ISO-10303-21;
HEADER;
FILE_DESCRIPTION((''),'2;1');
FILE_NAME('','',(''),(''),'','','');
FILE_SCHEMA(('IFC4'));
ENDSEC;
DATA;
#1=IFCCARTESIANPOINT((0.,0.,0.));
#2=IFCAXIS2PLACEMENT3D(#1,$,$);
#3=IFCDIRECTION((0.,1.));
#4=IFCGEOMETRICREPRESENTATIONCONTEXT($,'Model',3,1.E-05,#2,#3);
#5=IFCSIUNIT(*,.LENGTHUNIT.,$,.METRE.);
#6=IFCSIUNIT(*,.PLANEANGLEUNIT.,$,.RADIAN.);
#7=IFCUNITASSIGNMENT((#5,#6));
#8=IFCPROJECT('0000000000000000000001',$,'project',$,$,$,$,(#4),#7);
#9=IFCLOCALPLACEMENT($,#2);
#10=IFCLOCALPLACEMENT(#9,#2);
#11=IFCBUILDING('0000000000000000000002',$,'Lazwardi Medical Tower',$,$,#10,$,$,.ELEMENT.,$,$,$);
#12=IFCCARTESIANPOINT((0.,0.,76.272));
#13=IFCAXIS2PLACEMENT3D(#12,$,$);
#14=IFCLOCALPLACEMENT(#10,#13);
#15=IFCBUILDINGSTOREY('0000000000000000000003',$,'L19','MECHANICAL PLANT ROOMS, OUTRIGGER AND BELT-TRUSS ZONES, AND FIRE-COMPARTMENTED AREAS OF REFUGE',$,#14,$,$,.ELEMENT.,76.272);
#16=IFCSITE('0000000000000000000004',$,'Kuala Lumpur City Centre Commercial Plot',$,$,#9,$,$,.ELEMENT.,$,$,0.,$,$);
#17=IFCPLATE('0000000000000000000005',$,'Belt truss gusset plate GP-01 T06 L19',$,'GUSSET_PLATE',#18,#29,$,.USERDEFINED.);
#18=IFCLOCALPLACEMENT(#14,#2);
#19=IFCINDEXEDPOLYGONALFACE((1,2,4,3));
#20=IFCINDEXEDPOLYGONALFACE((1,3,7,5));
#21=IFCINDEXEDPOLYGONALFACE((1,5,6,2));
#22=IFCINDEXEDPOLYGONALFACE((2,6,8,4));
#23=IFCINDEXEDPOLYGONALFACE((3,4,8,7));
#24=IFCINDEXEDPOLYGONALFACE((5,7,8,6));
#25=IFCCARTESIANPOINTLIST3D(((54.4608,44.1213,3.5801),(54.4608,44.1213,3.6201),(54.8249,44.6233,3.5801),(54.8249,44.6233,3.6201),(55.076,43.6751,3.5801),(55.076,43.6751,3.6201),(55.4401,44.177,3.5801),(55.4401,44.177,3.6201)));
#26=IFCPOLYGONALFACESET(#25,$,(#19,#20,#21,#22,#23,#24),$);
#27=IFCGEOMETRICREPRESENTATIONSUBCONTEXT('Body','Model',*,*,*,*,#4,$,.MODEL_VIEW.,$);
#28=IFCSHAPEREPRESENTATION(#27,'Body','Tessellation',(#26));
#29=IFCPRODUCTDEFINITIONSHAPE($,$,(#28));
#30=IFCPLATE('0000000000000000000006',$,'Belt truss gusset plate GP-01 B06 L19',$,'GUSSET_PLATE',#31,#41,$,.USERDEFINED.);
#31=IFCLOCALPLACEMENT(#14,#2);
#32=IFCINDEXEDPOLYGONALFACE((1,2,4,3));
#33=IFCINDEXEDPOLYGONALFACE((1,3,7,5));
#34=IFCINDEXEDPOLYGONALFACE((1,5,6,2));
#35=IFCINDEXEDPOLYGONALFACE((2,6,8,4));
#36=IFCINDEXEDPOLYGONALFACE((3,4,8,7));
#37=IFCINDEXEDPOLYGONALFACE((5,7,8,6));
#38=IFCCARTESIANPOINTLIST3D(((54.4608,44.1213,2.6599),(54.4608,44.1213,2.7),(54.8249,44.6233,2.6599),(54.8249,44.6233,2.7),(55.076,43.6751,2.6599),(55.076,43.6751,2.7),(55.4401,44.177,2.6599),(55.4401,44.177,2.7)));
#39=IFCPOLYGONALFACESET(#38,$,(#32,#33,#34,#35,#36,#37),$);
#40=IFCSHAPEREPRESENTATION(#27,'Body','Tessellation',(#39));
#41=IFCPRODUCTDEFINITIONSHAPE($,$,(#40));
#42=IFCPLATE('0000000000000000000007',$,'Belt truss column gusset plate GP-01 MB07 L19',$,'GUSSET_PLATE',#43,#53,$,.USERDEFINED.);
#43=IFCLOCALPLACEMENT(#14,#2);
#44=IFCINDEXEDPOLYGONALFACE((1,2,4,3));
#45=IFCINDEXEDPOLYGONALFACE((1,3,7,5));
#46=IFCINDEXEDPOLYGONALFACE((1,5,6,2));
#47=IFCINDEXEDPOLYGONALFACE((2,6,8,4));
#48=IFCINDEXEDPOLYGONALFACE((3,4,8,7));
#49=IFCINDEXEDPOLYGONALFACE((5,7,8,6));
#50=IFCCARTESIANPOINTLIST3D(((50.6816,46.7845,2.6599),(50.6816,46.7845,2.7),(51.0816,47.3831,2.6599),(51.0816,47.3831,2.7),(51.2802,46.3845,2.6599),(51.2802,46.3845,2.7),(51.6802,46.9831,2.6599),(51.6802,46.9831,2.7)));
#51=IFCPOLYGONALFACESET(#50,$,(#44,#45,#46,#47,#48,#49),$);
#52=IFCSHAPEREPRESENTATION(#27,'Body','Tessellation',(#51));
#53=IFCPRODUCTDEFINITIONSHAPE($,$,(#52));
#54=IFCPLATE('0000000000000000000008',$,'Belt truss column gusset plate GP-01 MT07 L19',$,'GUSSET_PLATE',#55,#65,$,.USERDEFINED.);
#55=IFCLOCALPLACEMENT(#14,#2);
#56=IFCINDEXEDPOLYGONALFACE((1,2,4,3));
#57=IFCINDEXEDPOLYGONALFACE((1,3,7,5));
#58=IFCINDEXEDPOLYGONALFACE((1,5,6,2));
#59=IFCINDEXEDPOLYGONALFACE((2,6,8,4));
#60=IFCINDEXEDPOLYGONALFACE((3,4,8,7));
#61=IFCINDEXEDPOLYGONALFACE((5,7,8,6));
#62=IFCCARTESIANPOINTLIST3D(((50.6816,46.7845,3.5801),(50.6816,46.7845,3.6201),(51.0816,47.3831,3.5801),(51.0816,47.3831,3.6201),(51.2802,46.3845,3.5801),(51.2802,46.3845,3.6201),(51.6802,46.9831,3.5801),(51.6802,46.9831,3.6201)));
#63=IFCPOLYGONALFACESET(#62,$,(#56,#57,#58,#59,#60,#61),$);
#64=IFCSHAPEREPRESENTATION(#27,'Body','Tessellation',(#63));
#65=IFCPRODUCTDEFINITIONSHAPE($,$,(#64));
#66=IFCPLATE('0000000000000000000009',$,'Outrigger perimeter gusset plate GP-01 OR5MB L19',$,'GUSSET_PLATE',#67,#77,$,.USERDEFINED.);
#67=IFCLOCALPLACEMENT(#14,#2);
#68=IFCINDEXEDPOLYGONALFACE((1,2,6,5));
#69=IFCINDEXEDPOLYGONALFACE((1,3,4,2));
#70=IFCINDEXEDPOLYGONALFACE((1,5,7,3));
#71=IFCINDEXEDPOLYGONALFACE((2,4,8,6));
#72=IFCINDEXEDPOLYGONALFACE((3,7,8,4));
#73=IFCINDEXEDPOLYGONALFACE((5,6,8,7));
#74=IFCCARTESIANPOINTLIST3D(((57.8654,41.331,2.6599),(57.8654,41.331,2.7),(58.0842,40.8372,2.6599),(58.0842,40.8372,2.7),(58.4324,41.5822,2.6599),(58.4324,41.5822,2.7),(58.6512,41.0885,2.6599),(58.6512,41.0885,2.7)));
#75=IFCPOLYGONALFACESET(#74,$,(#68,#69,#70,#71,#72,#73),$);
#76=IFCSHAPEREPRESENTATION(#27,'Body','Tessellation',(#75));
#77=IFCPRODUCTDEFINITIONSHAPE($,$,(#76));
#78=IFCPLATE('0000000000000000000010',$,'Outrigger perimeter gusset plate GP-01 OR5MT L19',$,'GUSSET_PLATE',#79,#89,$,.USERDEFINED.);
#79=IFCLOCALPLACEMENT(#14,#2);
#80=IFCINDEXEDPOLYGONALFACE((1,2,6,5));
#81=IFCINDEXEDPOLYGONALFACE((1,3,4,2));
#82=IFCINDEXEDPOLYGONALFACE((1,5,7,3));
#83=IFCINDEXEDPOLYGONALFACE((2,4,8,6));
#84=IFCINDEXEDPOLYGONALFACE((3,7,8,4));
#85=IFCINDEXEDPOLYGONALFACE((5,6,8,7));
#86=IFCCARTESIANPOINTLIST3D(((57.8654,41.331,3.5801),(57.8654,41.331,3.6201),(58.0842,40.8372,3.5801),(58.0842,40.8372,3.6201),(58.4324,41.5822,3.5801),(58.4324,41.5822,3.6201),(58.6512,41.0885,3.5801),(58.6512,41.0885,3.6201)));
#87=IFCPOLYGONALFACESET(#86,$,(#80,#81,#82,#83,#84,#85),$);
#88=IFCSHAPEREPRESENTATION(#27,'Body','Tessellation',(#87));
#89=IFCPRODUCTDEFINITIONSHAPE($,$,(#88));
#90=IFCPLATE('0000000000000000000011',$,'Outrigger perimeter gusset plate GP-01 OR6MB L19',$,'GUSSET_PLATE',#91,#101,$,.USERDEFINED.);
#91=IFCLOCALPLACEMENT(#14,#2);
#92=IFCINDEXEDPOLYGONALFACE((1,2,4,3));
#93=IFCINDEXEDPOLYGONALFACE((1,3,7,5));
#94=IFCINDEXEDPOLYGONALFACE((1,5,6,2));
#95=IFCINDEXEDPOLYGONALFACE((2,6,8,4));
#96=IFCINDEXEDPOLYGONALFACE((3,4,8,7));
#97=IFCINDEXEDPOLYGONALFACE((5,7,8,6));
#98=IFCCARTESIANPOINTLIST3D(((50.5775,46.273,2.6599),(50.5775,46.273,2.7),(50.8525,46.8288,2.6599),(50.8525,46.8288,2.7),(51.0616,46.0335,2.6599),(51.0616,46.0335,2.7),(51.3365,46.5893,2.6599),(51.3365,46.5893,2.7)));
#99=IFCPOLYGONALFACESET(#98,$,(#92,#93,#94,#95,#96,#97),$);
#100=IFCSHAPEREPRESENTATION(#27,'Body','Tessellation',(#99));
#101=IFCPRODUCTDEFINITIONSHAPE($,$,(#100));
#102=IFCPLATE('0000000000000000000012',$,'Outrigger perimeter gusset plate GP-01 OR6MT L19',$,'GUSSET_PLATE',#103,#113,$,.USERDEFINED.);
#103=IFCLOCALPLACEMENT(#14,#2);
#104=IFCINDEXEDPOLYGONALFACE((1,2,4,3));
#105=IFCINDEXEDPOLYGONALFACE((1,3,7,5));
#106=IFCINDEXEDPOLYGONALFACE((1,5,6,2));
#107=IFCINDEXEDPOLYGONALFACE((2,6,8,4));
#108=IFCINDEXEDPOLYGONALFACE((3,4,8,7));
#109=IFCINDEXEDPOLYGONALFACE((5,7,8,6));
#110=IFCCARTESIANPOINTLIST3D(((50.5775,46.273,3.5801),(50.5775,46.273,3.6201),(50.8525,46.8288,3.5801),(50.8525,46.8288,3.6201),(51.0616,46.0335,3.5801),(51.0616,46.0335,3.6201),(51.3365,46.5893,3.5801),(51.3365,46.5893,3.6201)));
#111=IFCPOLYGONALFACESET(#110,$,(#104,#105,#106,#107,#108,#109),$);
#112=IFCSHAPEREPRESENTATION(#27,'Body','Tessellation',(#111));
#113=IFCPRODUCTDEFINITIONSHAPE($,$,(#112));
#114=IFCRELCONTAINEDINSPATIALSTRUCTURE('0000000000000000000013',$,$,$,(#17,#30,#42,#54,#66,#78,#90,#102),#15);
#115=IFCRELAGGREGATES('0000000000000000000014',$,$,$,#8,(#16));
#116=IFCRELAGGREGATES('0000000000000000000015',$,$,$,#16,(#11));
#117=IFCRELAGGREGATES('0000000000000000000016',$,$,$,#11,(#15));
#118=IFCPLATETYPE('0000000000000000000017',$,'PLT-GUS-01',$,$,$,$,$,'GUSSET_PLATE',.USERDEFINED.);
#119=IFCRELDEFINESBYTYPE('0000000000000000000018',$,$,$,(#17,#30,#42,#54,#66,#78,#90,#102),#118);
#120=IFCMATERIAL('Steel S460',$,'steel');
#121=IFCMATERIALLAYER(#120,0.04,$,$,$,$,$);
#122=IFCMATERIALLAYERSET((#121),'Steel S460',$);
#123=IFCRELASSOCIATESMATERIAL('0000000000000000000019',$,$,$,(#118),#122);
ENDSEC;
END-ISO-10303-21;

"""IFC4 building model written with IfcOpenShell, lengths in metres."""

from ifc_helpers import new_model, si_unit, direction, frame, origin, origin_2d, place, context, subcontext, project, spatial, rectangle, extrude, material, layer, layer_set, type_object, element, save


model = new_model("IFC4")

# Units and contexts
model_context = context("Model", 3, precision=1e-05, world=origin(), true_north=direction((0.0, 1.0)))
body_context = subcontext(model_context, "Body", "Model", "MODEL_VIEW")
ifc_project = project(units=[si_unit("LENGTHUNIT", "METRE"), si_unit("PLANEANGLEUNIT", "RADIAN")], contexts=[model_context])

# Site, building, storey
site_placement = place(None, origin())
site = spatial("IfcSite", under=ifc_project, at=site_placement, Name="Kuala Lumpur City Centre Commercial Plot", CompositionType="ELEMENT", RefElevation=0.0)
building_placement = place(site_placement, origin())
building = spatial("IfcBuilding", under=site, at=building_placement, Name="Lazwardi Medical Tower", CompositionType="ELEMENT")
storey_placement = place(building_placement, frame((0.0, 0.0, 76.272)))
storey = spatial("IfcBuildingStorey", under=building, at=storey_placement, Name="L19", Description="MECHANICAL PLANT ROOMS, OUTRIGGER AND BELT-TRUSS ZONES, AND FIRE-COMPARTMENTED AREAS OF REFUGE", CompositionType="ELEMENT", Elevation=76.272)

# Shared definitions
ifc_material_1 = material(Name="Steel S460", Category="steel")

# Plates
ifc_layer = layer(ifc_material_1, 0.04)
ifc_layer_set = layer_set([ifc_layer], Name="Steel S460")
plate_type = type_object("IfcPlateType", Name="PLT-GUS-01", ElementType="GUSSET_PLATE", PredefinedType="USERDEFINED", material=ifc_layer_set)
for number, where, z_axis, x_axis, name in (
    (1, (54.9504, 44.1492, 3.5801), (0.0, 0.0, 1.0), (-0.809427, 0.58722, 0.0), "Belt truss gusset plate GP-01 T06 L19"),
    (2, (54.9504, 44.1492, 2.6599), (0.0, 0.0, 1.0), (-0.809427, 0.58722, 0.0), "Belt truss gusset plate GP-01 B06 L19"),
):
    element("IfcPlate", number, at=place(storey_placement, frame(where, z_axis=z_axis, x_axis=x_axis)), inside=storey, type_object=plate_type, Name=name, ObjectType="GUSSET_PLATE", PredefinedType="USERDEFINED", context=body_context, shape_type="SweptSolid", body=[
        extrude(rectangle(XDim=0.76, YDim=0.6201, at=origin_2d()), origin(), (0.0, 0.0, 1.0), 0.04),
    ])
for number, where, z_axis, x_axis, name in (
    (3, (51.1809, 46.8838, 2.6599), (0.0, 0.0, 1.0), (0.55557, 0.83147, 0.0), "Belt truss column gusset plate GP-01 MB07 L19"),
    (4, (51.1809, 46.8838, 3.5801), (0.0, 0.0, 1.0), (0.55557, 0.83147, 0.0), "Belt truss column gusset plate GP-01 MT07 L19"),
):
    element("IfcPlate", number, at=place(storey_placement, frame(where, z_axis=z_axis, x_axis=x_axis)), inside=storey, type_object=plate_type, Name=name, ObjectType="GUSSET_PLATE", PredefinedType="USERDEFINED", context=body_context, shape_type="SweptSolid", body=[
        extrude(rectangle(XDim=0.72, YDim=0.72, at=origin_2d()), origin(), (0.0, 0.0, 1.0), 0.04),
    ])
for number, where, z_axis, x_axis, name in (
    (5, (58.2583, 41.2097, 2.6599), (0.0, 0.0, 1.0), (0.914254, 0.405142, 0.0), "Outrigger perimeter gusset plate GP-01 OR5MB L19"),
    (6, (58.2583, 41.2097, 3.5801), (0.0, 0.0, 1.0), (0.914254, 0.405142, 0.0), "Outrigger perimeter gusset plate GP-01 OR5MT L19"),
    (7, (50.957, 46.4312, 2.6599), (0.0, 0.0, 1.0), (0.443384, 0.896332, 0.0), "Outrigger perimeter gusset plate GP-01 OR6MB L19"),
    (8, (50.957, 46.4312, 3.5801), (0.0, 0.0, 1.0), (0.443384, 0.896332, 0.0), "Outrigger perimeter gusset plate GP-01 OR6MT L19"),
):
    element("IfcPlate", number, at=place(storey_placement, frame(where, z_axis=z_axis, x_axis=x_axis)), inside=storey, type_object=plate_type, Name=name, ObjectType="GUSSET_PLATE", PredefinedType="USERDEFINED", context=body_context, shape_type="SweptSolid", body=[
        extrude(rectangle(XDim=0.6201, YDim=0.54, at=origin_2d()), origin(), (0.0, 0.0, 1.0), 0.04),
    ])

save(model, "model.ifc")
